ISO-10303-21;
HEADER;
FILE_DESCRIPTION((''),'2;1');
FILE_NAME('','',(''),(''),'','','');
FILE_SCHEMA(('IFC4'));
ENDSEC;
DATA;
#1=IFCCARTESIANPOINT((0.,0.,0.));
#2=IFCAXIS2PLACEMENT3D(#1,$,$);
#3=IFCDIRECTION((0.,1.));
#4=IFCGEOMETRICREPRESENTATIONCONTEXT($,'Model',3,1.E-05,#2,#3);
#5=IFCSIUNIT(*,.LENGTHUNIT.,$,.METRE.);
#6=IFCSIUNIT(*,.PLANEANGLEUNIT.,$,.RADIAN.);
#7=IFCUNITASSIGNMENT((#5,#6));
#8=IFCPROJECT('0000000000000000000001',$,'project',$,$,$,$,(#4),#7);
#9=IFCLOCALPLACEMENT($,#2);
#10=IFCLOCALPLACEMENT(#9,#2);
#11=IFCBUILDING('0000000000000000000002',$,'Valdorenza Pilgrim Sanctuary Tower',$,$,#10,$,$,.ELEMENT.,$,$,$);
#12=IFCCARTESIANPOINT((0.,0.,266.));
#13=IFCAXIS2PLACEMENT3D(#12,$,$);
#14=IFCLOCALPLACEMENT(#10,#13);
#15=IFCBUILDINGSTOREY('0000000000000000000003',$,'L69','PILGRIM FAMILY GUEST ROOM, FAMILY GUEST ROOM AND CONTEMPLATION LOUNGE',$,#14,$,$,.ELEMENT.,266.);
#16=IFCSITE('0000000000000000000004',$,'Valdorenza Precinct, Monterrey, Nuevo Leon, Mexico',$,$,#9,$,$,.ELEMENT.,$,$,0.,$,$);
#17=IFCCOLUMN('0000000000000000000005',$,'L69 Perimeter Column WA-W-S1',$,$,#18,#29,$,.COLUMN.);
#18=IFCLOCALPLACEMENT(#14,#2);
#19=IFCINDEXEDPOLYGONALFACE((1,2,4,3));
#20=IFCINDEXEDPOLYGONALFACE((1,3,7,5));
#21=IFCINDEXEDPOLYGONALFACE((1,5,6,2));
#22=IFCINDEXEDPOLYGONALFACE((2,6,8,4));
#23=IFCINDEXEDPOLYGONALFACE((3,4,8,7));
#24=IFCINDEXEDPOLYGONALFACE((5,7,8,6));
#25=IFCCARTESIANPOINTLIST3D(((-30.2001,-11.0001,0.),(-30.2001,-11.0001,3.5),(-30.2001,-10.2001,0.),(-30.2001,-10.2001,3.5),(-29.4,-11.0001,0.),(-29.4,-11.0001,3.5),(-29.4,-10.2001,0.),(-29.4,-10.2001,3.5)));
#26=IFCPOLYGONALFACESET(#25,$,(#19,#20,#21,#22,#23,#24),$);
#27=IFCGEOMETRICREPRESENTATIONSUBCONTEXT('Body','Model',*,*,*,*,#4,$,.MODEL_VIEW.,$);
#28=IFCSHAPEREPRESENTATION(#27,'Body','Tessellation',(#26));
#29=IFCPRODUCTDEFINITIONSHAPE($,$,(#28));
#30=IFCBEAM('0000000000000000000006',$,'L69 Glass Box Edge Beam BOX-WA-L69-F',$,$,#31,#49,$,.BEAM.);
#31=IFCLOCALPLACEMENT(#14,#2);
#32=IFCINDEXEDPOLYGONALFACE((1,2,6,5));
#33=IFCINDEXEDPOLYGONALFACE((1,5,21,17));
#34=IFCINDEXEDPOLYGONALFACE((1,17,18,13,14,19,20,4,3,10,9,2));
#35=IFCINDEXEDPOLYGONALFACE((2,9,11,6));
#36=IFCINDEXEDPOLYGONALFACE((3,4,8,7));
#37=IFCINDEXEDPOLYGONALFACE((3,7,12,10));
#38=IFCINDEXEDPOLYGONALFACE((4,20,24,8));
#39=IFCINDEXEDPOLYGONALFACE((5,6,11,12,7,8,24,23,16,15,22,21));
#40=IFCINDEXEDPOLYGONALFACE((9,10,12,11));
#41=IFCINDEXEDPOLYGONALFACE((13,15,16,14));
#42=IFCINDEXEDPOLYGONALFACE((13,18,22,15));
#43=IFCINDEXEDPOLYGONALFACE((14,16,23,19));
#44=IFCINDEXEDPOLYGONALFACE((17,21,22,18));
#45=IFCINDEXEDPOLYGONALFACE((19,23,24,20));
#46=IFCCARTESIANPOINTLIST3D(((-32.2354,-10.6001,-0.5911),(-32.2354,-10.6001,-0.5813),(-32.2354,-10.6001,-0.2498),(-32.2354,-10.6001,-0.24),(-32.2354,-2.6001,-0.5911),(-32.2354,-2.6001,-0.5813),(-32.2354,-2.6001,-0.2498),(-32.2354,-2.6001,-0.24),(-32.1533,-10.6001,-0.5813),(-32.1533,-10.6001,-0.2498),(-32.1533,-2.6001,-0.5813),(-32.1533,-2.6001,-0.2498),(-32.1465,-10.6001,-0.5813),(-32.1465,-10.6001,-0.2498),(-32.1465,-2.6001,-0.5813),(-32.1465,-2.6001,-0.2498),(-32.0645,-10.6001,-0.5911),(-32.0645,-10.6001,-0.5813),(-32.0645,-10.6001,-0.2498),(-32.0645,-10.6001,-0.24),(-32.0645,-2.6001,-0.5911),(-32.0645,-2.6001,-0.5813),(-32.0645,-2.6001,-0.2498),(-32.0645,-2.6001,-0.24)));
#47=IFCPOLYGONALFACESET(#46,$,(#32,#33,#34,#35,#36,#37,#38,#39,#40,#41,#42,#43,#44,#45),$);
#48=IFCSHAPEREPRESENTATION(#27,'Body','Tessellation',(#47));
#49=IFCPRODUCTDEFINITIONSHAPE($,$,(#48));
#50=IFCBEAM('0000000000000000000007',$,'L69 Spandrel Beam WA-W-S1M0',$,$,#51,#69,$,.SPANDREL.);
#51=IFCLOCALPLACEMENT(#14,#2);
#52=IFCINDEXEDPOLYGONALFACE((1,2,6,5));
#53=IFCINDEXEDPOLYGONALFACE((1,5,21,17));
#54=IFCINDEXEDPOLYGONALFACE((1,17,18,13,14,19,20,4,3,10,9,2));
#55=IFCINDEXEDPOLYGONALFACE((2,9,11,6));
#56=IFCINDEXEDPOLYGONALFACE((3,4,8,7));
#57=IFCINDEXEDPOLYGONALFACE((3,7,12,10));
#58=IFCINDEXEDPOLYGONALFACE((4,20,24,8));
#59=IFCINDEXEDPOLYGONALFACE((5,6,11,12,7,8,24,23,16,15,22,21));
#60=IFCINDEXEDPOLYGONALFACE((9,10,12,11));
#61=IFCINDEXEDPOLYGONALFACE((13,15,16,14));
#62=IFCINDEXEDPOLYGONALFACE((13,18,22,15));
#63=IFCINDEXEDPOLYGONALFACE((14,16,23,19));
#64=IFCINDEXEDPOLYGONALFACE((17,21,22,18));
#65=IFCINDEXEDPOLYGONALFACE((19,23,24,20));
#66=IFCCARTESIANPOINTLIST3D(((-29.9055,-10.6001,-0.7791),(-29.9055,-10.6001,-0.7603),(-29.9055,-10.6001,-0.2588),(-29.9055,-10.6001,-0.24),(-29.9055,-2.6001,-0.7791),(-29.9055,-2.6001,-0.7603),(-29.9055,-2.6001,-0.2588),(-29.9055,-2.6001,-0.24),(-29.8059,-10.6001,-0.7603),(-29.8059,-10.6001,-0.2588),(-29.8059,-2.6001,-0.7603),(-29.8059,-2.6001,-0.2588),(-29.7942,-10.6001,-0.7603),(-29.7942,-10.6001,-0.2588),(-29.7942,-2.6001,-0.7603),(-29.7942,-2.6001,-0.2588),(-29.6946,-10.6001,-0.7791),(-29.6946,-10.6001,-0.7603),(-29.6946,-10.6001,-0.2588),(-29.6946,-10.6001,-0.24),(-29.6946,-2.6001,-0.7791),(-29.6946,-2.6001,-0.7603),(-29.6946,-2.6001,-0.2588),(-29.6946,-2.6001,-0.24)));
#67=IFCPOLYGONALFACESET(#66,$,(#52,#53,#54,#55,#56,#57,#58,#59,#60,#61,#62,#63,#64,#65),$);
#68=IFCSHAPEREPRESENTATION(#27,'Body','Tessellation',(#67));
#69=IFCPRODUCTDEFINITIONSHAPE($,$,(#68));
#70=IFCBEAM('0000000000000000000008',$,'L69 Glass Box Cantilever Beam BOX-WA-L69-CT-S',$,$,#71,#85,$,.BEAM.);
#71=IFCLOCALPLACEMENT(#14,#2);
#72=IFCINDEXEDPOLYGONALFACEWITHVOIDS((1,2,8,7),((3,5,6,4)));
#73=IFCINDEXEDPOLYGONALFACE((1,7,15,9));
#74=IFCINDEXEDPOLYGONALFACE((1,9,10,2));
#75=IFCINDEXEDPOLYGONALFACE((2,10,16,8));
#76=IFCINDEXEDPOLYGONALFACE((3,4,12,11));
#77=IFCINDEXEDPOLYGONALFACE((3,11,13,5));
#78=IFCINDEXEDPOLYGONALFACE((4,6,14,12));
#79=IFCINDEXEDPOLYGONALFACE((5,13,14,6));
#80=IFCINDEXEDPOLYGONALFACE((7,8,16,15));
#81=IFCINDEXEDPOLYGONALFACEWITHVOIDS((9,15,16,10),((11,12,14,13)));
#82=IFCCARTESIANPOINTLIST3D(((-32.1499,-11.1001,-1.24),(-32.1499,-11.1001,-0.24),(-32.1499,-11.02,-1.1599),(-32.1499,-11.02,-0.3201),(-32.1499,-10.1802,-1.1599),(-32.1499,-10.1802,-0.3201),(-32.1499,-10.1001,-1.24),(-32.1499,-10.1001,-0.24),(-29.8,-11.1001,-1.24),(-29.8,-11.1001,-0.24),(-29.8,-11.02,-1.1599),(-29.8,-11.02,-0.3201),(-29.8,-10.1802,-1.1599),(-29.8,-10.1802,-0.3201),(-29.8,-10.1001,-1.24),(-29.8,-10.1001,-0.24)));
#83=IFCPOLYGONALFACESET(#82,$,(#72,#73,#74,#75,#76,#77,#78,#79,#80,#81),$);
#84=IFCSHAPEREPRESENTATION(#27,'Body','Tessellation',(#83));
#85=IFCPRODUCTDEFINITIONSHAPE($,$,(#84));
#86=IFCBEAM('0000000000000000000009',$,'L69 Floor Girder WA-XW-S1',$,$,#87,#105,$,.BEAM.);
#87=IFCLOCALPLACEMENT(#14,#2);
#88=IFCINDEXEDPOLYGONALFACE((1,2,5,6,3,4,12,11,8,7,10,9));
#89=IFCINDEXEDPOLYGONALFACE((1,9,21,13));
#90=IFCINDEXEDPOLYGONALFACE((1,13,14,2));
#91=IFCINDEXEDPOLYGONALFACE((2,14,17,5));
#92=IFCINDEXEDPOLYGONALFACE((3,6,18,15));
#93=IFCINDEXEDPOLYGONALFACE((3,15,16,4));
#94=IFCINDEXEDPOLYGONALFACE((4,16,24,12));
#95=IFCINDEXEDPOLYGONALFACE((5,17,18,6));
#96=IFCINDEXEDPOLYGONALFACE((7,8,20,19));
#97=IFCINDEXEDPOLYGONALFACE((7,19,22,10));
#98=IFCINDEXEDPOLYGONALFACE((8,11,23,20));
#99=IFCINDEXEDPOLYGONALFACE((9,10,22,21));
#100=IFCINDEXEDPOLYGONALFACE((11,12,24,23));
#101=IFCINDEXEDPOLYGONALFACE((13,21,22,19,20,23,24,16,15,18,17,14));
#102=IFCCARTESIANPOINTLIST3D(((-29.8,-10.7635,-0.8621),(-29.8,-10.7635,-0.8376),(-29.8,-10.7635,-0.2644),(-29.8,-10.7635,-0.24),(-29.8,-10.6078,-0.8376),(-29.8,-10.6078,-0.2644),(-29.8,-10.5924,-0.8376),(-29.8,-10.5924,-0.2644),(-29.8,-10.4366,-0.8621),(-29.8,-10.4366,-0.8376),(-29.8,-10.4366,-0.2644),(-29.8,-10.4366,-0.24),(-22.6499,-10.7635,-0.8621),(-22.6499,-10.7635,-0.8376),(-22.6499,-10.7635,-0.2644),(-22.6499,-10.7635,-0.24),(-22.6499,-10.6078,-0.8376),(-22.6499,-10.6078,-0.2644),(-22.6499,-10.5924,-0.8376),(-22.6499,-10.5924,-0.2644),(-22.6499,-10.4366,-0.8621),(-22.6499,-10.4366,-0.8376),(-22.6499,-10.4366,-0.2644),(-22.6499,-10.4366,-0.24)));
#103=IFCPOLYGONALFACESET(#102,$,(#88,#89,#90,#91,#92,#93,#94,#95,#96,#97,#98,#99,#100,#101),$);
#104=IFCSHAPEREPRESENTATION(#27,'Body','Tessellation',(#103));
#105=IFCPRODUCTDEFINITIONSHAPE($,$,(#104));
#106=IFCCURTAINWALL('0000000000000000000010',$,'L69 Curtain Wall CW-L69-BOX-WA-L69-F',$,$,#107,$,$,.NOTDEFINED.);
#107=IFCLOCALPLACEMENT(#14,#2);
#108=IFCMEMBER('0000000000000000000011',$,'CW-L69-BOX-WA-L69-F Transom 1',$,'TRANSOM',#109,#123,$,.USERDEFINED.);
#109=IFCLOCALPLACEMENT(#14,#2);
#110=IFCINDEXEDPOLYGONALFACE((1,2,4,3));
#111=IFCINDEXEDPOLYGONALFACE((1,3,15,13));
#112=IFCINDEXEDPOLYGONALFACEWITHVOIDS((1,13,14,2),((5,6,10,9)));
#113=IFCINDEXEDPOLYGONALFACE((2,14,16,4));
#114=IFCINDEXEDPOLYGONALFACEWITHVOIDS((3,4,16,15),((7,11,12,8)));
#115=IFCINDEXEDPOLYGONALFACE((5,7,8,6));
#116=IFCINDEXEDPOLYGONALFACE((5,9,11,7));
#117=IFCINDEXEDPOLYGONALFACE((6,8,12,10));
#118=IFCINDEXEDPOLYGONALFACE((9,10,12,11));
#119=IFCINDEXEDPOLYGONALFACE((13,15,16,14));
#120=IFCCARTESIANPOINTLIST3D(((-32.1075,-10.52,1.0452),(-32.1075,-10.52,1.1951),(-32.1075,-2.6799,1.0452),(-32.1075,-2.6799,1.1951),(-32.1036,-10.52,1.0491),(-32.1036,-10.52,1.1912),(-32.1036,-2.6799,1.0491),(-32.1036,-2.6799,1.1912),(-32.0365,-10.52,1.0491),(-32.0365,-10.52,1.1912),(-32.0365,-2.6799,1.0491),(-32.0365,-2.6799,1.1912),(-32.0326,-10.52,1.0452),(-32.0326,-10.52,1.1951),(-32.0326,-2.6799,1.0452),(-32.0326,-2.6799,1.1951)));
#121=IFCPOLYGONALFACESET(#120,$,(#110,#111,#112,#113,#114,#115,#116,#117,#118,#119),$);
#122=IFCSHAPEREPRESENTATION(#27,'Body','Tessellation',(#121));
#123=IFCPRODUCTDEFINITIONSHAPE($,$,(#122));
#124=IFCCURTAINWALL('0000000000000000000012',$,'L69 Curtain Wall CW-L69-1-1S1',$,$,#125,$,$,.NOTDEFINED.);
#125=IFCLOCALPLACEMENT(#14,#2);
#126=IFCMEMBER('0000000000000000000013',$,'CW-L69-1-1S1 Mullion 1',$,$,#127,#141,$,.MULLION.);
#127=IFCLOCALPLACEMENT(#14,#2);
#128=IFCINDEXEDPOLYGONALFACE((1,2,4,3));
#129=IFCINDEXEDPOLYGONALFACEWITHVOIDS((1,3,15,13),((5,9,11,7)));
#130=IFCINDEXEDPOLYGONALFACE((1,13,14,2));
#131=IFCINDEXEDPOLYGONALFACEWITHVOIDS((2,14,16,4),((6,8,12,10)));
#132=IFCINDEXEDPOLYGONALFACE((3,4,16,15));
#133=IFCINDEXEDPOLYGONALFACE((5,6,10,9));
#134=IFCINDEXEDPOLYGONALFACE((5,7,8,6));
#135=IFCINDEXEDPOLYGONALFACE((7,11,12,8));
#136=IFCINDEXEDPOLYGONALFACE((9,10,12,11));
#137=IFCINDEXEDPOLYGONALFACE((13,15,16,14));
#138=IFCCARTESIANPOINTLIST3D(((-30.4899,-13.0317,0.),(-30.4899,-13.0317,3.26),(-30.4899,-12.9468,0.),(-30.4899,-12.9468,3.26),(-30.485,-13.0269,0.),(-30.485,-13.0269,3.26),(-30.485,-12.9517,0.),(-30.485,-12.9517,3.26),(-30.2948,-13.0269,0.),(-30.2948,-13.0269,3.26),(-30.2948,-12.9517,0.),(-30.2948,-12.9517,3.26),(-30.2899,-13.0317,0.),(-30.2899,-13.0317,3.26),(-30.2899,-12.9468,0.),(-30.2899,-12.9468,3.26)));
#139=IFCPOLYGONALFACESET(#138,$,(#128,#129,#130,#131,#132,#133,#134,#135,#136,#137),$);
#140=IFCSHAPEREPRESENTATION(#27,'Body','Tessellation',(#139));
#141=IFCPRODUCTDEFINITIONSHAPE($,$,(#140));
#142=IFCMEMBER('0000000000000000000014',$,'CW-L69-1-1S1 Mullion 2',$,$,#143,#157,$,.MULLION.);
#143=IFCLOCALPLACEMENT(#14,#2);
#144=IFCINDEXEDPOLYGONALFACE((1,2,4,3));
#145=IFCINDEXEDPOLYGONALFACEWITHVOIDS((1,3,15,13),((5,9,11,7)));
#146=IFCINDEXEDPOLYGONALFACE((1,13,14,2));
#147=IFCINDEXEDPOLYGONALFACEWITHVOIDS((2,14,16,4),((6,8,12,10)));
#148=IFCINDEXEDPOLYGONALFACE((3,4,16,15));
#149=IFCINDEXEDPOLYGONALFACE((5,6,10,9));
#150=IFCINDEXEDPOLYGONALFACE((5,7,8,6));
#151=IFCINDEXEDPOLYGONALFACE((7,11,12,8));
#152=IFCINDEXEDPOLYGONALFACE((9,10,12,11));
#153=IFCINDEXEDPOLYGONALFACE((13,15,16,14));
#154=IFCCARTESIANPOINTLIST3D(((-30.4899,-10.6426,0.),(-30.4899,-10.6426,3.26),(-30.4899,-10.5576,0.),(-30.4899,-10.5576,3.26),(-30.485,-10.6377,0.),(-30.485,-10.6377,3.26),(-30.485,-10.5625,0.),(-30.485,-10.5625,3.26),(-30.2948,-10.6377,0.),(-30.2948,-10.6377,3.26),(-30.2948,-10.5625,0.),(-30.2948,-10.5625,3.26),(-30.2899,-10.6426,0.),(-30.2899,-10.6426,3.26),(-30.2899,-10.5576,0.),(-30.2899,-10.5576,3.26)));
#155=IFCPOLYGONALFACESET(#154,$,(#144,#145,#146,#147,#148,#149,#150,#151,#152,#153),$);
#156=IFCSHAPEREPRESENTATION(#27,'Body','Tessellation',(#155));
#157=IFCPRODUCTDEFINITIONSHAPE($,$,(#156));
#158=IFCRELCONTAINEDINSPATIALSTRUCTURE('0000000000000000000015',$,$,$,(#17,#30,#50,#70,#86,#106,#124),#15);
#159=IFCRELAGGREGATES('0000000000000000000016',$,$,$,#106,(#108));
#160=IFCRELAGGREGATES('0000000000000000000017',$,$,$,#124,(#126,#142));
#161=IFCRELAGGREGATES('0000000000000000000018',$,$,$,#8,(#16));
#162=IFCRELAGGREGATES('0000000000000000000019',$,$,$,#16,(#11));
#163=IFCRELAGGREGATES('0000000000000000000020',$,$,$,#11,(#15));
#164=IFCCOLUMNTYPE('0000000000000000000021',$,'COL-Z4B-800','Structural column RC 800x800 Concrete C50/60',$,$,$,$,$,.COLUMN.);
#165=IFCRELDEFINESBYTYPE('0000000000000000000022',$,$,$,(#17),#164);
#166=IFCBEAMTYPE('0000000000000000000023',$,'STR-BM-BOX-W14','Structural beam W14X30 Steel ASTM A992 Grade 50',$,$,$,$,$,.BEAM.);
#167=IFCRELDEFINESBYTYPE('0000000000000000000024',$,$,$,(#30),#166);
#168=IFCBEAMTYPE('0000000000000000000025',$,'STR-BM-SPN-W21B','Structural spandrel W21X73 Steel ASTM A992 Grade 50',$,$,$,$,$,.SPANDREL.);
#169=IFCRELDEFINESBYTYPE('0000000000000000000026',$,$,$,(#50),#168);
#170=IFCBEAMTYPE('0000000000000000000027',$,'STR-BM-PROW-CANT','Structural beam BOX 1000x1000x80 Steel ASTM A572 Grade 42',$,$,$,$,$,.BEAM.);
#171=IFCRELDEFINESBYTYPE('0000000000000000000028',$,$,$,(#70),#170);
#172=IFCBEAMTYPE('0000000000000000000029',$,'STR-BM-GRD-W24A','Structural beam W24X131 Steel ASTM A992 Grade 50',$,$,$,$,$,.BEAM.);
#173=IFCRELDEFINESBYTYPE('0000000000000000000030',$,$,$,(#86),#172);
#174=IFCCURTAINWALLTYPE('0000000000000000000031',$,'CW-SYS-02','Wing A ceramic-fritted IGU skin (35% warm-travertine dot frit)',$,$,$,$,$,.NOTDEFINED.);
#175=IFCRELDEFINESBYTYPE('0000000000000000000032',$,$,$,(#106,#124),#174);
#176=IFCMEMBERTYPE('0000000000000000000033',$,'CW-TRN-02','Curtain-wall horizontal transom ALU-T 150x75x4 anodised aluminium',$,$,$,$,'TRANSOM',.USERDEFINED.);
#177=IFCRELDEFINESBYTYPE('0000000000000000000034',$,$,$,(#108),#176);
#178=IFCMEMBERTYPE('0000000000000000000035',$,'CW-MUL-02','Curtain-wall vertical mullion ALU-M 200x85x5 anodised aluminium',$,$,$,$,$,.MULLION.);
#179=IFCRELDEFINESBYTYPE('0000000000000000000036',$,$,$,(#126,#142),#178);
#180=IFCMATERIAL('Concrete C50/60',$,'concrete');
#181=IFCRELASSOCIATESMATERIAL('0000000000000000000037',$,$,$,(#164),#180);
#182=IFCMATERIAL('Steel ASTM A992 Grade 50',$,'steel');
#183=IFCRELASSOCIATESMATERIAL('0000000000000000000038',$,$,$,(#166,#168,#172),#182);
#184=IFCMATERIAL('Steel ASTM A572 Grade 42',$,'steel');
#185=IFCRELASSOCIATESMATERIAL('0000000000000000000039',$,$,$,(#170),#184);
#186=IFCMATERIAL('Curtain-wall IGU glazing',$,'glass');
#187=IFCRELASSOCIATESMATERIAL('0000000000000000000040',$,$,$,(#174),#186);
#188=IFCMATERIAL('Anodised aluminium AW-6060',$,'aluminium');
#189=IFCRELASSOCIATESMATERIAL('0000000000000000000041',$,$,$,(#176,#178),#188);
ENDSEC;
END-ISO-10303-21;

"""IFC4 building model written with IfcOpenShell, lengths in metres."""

from ifc_helpers import new_model, si_unit, direction, frame, origin, origin_2d, place, context, subcontext, project, spatial, rectangle, hollow_rectangle, i_section, extrude, source, transform, mapped, material, material_profile, profile_set, type_object, element, aggregate, save


model = new_model("IFC4")

# Units and contexts
model_context = context("Model", 3, precision=1e-05, world=origin(), true_north=direction((0.0, 1.0)))
body_context = subcontext(model_context, "Body", "Model", "MODEL_VIEW")
ifc_project = project(units=[si_unit("LENGTHUNIT", "METRE"), si_unit("PLANEANGLEUNIT", "RADIAN")], contexts=[model_context])

# Site, building, storey
site_placement = place(None, origin())
site = spatial("IfcSite", under=ifc_project, at=site_placement, Name="Valdorenza Precinct, Monterrey, Nuevo Leon, Mexico", CompositionType="ELEMENT", RefElevation=0.0)
building_placement = place(site_placement, origin())
building = spatial("IfcBuilding", under=site, at=building_placement, Name="Valdorenza Pilgrim Sanctuary Tower", CompositionType="ELEMENT")
storey_placement = place(building_placement, frame((0.0, 0.0, 266.0)))
storey = spatial("IfcBuildingStorey", under=building, at=storey_placement, Name="L69", Description="PILGRIM FAMILY GUEST ROOM, FAMILY GUEST ROOM AND CONTEMPLATION LOUNGE", CompositionType="ELEMENT", Elevation=266.0)

# Column
ifc_material_1 = material(Name="Concrete C50/60", Category="concrete")
ifc_material_profile_1 = material_profile(ifc_material_1, rectangle(XDim=0.8, YDim=0.8, at=origin_2d()), Name="RC 800x800")
ifc_profile_set_1 = profile_set([ifc_material_profile_1], Name="Concrete C50/60")
column_type = type_object("IfcColumnType", Name="COL-Z4B-800", Description="Structural column RC 800x800 Concrete C50/60", PredefinedType="COLUMN", material=ifc_profile_set_1)
shared_shape_1 = source(origin(), body_context, "Body", "SweptSolid", [
    extrude(rectangle(XDim=0.8, YDim=0.8, at=origin_2d()), origin(), (0.0, 0.0, 1.0), 3.5),
])
column_placement = place(storey_placement, frame((-29.8, -10.6001, 0.0), z_axis=(0.0, 0.0, 1.0), x_axis=(1.0, 0.0, 0.0)))
element("IfcColumn", 1, at=column_placement, inside=storey, type_object=column_type, Name="L69 Perimeter Column WA-W-S1", PredefinedType="COLUMN", context=body_context, shape_type="MappedRepresentation", body=[
    mapped(shared_shape_1, transform((0.0, 0.0, 0.0), x_axis=(1.0, 0.0, 0.0), y_axis=(0.0, 1.0, 0.0), z_axis=(0.0, 0.0, 1.0), scale=1.0)),
])

# Beams
ifc_material_2 = material(Name="Steel ASTM A992 Grade 50", Category="steel")
ifc_material_profile_2 = material_profile(ifc_material_2, i_section(OverallWidth=0.1709, OverallDepth=0.3511, WebThickness=0.0068, FlangeThickness=0.0098, at=origin_2d()), Name="W14X30")
ifc_profile_set_2 = profile_set([ifc_material_profile_2], Name="Steel ASTM A992 Grade 50")
beam_type_1 = type_object("IfcBeamType", Name="STR-BM-BOX-W14", Description="Structural beam W14X30 Steel ASTM A992 Grade 50", PredefinedType="BEAM", material=ifc_profile_set_2)
shared_shape_2 = source(origin(), body_context, "Body", "SweptSolid", [
    extrude(i_section(OverallWidth=0.1709, OverallDepth=0.3511, WebThickness=0.0068, FlangeThickness=0.0098, at=origin_2d()), origin(), (0.0, 0.0, 1.0), 8.0),
])
beam_1_placement = place(storey_placement, frame((-32.1499, -10.6001, -0.4155), z_axis=(0.0, 1.0, 0.0), x_axis=(-1.0, 0.0, 0.0)))
element("IfcBeam", 2, at=beam_1_placement, inside=storey, type_object=beam_type_1, Name="L69 Glass Box Edge Beam BOX-WA-L69-F", PredefinedType="BEAM", context=body_context, shape_type="MappedRepresentation", body=[
    mapped(shared_shape_2, transform((0.0, 0.0, 0.0), x_axis=(1.0, 0.0, 0.0), y_axis=(0.0, 1.0, 0.0), z_axis=(0.0, 0.0, 1.0), scale=1.0)),
])
ifc_material_profile_3 = material_profile(ifc_material_2, i_section(OverallWidth=0.2109, OverallDepth=0.5391, WebThickness=0.0117, FlangeThickness=0.0188, at=origin_2d()), Name="W21X73")
ifc_profile_set_3 = profile_set([ifc_material_profile_3], Name="Steel ASTM A992 Grade 50")
beam_type_2 = type_object("IfcBeamType", Name="STR-BM-SPN-W21B", Description="Structural spandrel W21X73 Steel ASTM A992 Grade 50", PredefinedType="SPANDREL", material=ifc_profile_set_3)
shared_shape_3 = source(origin(), body_context, "Body", "SweptSolid", [
    extrude(i_section(OverallWidth=0.2109, OverallDepth=0.5391, WebThickness=0.0117, FlangeThickness=0.0188, at=origin_2d()), origin(), (0.0, 0.0, 1.0), 8.0),
])
beam_2_placement = place(storey_placement, frame((-29.8, -10.6001, -0.5095), z_axis=(0.0, 1.0, 0.0), x_axis=(-1.0, 0.0, 0.0)))
element("IfcBeam", 3, at=beam_2_placement, inside=storey, type_object=beam_type_2, Name="L69 Spandrel Beam WA-W-S1M0", PredefinedType="SPANDREL", context=body_context, shape_type="MappedRepresentation", body=[
    mapped(shared_shape_3, transform((0.0, 0.0, 0.0), x_axis=(1.0, 0.0, 0.0), y_axis=(0.0, 1.0, 0.0), z_axis=(0.0, 0.0, 1.0), scale=1.0)),
])
ifc_material_3 = material(Name="Steel ASTM A572 Grade 42", Category="steel")
ifc_material_profile_4 = material_profile(ifc_material_3, hollow_rectangle(XDim=1.0, YDim=1.0, WallThickness=0.0801, at=origin_2d()), Name="BOX 1000x1000x80")
ifc_profile_set_4 = profile_set([ifc_material_profile_4], Name="Steel ASTM A572 Grade 42")
beam_type_3 = type_object("IfcBeamType", Name="STR-BM-PROW-CANT", Description="Structural beam BOX 1000x1000x80 Steel ASTM A572 Grade 42", PredefinedType="BEAM", material=ifc_profile_set_4)
shared_shape_4 = source(origin(), body_context, "Body", "SweptSolid", [
    extrude(hollow_rectangle(XDim=1.0, YDim=1.0, WallThickness=0.0801, at=origin_2d()), origin(), (0.0, 0.0, 1.0), 2.3499),
])
beam_3_placement = place(storey_placement, frame((-29.8, -10.6001, -0.74), z_axis=(-1.0, 0.0, 0.0), x_axis=(0.0, -1.0, 0.0)))
element("IfcBeam", 4, at=beam_3_placement, inside=storey, type_object=beam_type_3, Name="L69 Glass Box Cantilever Beam BOX-WA-L69-CT-S", PredefinedType="BEAM", context=body_context, shape_type="MappedRepresentation", body=[
    mapped(shared_shape_4, transform((0.0, 0.0, 0.0), x_axis=(1.0, 0.0, 0.0), y_axis=(0.0, 1.0, 0.0), z_axis=(0.0, 0.0, 1.0), scale=1.0)),
])
ifc_material_profile_5 = material_profile(ifc_material_2, i_section(OverallWidth=0.3269, OverallDepth=0.6221, WebThickness=0.0154, FlangeThickness=0.0244, at=origin_2d()), Name="W24X131")
ifc_profile_set_5 = profile_set([ifc_material_profile_5], Name="Steel ASTM A992 Grade 50")
beam_type_4 = type_object("IfcBeamType", Name="STR-BM-GRD-W24A", Description="Structural beam W24X131 Steel ASTM A992 Grade 50", PredefinedType="BEAM", material=ifc_profile_set_5)
shared_shape_5 = source(origin(), body_context, "Body", "SweptSolid", [
    extrude(i_section(OverallWidth=0.3269, OverallDepth=0.6221, WebThickness=0.0154, FlangeThickness=0.0244, at=origin_2d()), origin(), (0.0, 0.0, 1.0), 7.1501),
])
beam_4_placement = place(storey_placement, frame((-29.8, -10.6001, -0.551), z_axis=(1.0, 0.0, 0.0), x_axis=(0.0, 1.0, 0.0)))
element("IfcBeam", 5, at=beam_4_placement, inside=storey, type_object=beam_type_4, Name="L69 Floor Girder WA-XW-S1", PredefinedType="BEAM", context=body_context, shape_type="MappedRepresentation", body=[
    mapped(shared_shape_5, transform((0.0, 0.0, 0.0), x_axis=(1.0, 0.0, 0.0), y_axis=(0.0, 1.0, 0.0), z_axis=(0.0, 0.0, 1.0), scale=1.0)),
])

# Curtain wall, member
ifc_material_4 = material(Name="Curtain-wall IGU glazing", Category="glass")
curtain_wall_type = type_object("IfcCurtainWallType", Name="CW-SYS-02", Description="Wing A ceramic-fritted IGU skin (35% warm-travertine dot frit)", PredefinedType="NOTDEFINED", material=ifc_material_4)
curtain_wall_1_placement = place(storey_placement, origin())
curtain_wall_1 = element("IfcCurtainWall", 6, at=curtain_wall_1_placement, inside=storey, type_object=curtain_wall_type, Name="L69 Curtain Wall CW-L69-BOX-WA-L69-F", PredefinedType="NOTDEFINED")
ifc_material_5 = material(Name="Anodised aluminium AW-6060", Category="aluminium")
ifc_material_profile_6 = material_profile(ifc_material_5, hollow_rectangle(XDim=0.075, YDim=0.1499, WallThickness=0.0039, at=origin_2d()), Name="ALU-T 150x75x4")
ifc_profile_set_6 = profile_set([ifc_material_profile_6], Name="Anodised aluminium AW-6060")
member_type_1 = type_object("IfcMemberType", Name="CW-TRN-02", Description="Curtain-wall horizontal transom ALU-T 150x75x4 anodised aluminium", ElementType="TRANSOM", PredefinedType="USERDEFINED", material=ifc_profile_set_6)
shared_shape_6 = source(origin(), body_context, "Body", "SweptSolid", [
    extrude(hollow_rectangle(XDim=0.075, YDim=0.1499, WallThickness=0.0039, at=origin_2d()), origin(), (0.0, 0.0, 1.0), 7.8401),
])
member_1_placement = place(storey_placement, frame((-32.0701, -10.52, 1.1201), z_axis=(0.0, 1.0, 0.0), x_axis=(-1.0, 0.0, 0.0)))
member_1 = element("IfcMember", 7, at=member_1_placement, type_object=member_type_1, Name="CW-L69-BOX-WA-L69-F Transom 1", ObjectType="TRANSOM", PredefinedType="USERDEFINED", context=body_context, shape_type="MappedRepresentation", body=[
    mapped(shared_shape_6, transform((0.0, 0.0, 0.0), x_axis=(1.0, 0.0, 0.0), y_axis=(0.0, 1.0, 0.0), z_axis=(0.0, 0.0, 1.0), scale=1.0)),
])
aggregate(curtain_wall_1, [member_1])

# Curtain wall, members
curtain_wall_2_placement = place(storey_placement, origin())
curtain_wall_2 = element("IfcCurtainWall", 8, at=curtain_wall_2_placement, inside=storey, type_object=curtain_wall_type, Name="L69 Curtain Wall CW-L69-1-1S1", PredefinedType="NOTDEFINED")
ifc_material_profile_7 = material_profile(ifc_material_5, hollow_rectangle(XDim=0.085, YDim=0.2, WallThickness=0.0049, at=origin_2d()), Name="ALU-M 200x85x5")
ifc_profile_set_7 = profile_set([ifc_material_profile_7], Name="Anodised aluminium AW-6060")
member_type_2 = type_object("IfcMemberType", Name="CW-MUL-02", Description="Curtain-wall vertical mullion ALU-M 200x85x5 anodised aluminium", PredefinedType="MULLION", material=ifc_profile_set_7)
shared_shape_7 = source(origin(), body_context, "Body", "SweptSolid", [
    extrude(hollow_rectangle(XDim=0.085, YDim=0.2, WallThickness=0.0049, at=origin_2d()), origin(), (0.0, 0.0, 1.0), 3.26),
])
member_2_placement = place(storey_placement, frame((-30.3899, -12.9893, 0.0), z_axis=(0.0, 0.0, 1.0), x_axis=(0.0, 1.0, 0.0)))
member_2 = element("IfcMember", 9, at=member_2_placement, type_object=member_type_2, Name="CW-L69-1-1S1 Mullion 1", PredefinedType="MULLION", context=body_context, shape_type="MappedRepresentation", body=[
    mapped(shared_shape_7, transform((0.0, 0.0, 0.0), x_axis=(1.0, 0.0, 0.0), y_axis=(0.0, 1.0, 0.0), z_axis=(0.0, 0.0, 1.0), scale=1.0)),
])
member_3_placement = place(storey_placement, frame((-30.3899, -10.6001, 0.0), z_axis=(0.0, 0.0, 1.0), x_axis=(0.0, 1.0, 0.0)))
member_3 = element("IfcMember", 10, at=member_3_placement, type_object=member_type_2, Name="CW-L69-1-1S1 Mullion 2", PredefinedType="MULLION", context=body_context, shape_type="MappedRepresentation", body=[
    mapped(shared_shape_7, transform((0.0, 0.0, 0.0), x_axis=(1.0, 0.0, 0.0), y_axis=(0.0, 1.0, 0.0), z_axis=(0.0, 0.0, 1.0), scale=1.0)),
])

aggregate(curtain_wall_2, [member_2, member_3])

save(model, "model.ifc")
